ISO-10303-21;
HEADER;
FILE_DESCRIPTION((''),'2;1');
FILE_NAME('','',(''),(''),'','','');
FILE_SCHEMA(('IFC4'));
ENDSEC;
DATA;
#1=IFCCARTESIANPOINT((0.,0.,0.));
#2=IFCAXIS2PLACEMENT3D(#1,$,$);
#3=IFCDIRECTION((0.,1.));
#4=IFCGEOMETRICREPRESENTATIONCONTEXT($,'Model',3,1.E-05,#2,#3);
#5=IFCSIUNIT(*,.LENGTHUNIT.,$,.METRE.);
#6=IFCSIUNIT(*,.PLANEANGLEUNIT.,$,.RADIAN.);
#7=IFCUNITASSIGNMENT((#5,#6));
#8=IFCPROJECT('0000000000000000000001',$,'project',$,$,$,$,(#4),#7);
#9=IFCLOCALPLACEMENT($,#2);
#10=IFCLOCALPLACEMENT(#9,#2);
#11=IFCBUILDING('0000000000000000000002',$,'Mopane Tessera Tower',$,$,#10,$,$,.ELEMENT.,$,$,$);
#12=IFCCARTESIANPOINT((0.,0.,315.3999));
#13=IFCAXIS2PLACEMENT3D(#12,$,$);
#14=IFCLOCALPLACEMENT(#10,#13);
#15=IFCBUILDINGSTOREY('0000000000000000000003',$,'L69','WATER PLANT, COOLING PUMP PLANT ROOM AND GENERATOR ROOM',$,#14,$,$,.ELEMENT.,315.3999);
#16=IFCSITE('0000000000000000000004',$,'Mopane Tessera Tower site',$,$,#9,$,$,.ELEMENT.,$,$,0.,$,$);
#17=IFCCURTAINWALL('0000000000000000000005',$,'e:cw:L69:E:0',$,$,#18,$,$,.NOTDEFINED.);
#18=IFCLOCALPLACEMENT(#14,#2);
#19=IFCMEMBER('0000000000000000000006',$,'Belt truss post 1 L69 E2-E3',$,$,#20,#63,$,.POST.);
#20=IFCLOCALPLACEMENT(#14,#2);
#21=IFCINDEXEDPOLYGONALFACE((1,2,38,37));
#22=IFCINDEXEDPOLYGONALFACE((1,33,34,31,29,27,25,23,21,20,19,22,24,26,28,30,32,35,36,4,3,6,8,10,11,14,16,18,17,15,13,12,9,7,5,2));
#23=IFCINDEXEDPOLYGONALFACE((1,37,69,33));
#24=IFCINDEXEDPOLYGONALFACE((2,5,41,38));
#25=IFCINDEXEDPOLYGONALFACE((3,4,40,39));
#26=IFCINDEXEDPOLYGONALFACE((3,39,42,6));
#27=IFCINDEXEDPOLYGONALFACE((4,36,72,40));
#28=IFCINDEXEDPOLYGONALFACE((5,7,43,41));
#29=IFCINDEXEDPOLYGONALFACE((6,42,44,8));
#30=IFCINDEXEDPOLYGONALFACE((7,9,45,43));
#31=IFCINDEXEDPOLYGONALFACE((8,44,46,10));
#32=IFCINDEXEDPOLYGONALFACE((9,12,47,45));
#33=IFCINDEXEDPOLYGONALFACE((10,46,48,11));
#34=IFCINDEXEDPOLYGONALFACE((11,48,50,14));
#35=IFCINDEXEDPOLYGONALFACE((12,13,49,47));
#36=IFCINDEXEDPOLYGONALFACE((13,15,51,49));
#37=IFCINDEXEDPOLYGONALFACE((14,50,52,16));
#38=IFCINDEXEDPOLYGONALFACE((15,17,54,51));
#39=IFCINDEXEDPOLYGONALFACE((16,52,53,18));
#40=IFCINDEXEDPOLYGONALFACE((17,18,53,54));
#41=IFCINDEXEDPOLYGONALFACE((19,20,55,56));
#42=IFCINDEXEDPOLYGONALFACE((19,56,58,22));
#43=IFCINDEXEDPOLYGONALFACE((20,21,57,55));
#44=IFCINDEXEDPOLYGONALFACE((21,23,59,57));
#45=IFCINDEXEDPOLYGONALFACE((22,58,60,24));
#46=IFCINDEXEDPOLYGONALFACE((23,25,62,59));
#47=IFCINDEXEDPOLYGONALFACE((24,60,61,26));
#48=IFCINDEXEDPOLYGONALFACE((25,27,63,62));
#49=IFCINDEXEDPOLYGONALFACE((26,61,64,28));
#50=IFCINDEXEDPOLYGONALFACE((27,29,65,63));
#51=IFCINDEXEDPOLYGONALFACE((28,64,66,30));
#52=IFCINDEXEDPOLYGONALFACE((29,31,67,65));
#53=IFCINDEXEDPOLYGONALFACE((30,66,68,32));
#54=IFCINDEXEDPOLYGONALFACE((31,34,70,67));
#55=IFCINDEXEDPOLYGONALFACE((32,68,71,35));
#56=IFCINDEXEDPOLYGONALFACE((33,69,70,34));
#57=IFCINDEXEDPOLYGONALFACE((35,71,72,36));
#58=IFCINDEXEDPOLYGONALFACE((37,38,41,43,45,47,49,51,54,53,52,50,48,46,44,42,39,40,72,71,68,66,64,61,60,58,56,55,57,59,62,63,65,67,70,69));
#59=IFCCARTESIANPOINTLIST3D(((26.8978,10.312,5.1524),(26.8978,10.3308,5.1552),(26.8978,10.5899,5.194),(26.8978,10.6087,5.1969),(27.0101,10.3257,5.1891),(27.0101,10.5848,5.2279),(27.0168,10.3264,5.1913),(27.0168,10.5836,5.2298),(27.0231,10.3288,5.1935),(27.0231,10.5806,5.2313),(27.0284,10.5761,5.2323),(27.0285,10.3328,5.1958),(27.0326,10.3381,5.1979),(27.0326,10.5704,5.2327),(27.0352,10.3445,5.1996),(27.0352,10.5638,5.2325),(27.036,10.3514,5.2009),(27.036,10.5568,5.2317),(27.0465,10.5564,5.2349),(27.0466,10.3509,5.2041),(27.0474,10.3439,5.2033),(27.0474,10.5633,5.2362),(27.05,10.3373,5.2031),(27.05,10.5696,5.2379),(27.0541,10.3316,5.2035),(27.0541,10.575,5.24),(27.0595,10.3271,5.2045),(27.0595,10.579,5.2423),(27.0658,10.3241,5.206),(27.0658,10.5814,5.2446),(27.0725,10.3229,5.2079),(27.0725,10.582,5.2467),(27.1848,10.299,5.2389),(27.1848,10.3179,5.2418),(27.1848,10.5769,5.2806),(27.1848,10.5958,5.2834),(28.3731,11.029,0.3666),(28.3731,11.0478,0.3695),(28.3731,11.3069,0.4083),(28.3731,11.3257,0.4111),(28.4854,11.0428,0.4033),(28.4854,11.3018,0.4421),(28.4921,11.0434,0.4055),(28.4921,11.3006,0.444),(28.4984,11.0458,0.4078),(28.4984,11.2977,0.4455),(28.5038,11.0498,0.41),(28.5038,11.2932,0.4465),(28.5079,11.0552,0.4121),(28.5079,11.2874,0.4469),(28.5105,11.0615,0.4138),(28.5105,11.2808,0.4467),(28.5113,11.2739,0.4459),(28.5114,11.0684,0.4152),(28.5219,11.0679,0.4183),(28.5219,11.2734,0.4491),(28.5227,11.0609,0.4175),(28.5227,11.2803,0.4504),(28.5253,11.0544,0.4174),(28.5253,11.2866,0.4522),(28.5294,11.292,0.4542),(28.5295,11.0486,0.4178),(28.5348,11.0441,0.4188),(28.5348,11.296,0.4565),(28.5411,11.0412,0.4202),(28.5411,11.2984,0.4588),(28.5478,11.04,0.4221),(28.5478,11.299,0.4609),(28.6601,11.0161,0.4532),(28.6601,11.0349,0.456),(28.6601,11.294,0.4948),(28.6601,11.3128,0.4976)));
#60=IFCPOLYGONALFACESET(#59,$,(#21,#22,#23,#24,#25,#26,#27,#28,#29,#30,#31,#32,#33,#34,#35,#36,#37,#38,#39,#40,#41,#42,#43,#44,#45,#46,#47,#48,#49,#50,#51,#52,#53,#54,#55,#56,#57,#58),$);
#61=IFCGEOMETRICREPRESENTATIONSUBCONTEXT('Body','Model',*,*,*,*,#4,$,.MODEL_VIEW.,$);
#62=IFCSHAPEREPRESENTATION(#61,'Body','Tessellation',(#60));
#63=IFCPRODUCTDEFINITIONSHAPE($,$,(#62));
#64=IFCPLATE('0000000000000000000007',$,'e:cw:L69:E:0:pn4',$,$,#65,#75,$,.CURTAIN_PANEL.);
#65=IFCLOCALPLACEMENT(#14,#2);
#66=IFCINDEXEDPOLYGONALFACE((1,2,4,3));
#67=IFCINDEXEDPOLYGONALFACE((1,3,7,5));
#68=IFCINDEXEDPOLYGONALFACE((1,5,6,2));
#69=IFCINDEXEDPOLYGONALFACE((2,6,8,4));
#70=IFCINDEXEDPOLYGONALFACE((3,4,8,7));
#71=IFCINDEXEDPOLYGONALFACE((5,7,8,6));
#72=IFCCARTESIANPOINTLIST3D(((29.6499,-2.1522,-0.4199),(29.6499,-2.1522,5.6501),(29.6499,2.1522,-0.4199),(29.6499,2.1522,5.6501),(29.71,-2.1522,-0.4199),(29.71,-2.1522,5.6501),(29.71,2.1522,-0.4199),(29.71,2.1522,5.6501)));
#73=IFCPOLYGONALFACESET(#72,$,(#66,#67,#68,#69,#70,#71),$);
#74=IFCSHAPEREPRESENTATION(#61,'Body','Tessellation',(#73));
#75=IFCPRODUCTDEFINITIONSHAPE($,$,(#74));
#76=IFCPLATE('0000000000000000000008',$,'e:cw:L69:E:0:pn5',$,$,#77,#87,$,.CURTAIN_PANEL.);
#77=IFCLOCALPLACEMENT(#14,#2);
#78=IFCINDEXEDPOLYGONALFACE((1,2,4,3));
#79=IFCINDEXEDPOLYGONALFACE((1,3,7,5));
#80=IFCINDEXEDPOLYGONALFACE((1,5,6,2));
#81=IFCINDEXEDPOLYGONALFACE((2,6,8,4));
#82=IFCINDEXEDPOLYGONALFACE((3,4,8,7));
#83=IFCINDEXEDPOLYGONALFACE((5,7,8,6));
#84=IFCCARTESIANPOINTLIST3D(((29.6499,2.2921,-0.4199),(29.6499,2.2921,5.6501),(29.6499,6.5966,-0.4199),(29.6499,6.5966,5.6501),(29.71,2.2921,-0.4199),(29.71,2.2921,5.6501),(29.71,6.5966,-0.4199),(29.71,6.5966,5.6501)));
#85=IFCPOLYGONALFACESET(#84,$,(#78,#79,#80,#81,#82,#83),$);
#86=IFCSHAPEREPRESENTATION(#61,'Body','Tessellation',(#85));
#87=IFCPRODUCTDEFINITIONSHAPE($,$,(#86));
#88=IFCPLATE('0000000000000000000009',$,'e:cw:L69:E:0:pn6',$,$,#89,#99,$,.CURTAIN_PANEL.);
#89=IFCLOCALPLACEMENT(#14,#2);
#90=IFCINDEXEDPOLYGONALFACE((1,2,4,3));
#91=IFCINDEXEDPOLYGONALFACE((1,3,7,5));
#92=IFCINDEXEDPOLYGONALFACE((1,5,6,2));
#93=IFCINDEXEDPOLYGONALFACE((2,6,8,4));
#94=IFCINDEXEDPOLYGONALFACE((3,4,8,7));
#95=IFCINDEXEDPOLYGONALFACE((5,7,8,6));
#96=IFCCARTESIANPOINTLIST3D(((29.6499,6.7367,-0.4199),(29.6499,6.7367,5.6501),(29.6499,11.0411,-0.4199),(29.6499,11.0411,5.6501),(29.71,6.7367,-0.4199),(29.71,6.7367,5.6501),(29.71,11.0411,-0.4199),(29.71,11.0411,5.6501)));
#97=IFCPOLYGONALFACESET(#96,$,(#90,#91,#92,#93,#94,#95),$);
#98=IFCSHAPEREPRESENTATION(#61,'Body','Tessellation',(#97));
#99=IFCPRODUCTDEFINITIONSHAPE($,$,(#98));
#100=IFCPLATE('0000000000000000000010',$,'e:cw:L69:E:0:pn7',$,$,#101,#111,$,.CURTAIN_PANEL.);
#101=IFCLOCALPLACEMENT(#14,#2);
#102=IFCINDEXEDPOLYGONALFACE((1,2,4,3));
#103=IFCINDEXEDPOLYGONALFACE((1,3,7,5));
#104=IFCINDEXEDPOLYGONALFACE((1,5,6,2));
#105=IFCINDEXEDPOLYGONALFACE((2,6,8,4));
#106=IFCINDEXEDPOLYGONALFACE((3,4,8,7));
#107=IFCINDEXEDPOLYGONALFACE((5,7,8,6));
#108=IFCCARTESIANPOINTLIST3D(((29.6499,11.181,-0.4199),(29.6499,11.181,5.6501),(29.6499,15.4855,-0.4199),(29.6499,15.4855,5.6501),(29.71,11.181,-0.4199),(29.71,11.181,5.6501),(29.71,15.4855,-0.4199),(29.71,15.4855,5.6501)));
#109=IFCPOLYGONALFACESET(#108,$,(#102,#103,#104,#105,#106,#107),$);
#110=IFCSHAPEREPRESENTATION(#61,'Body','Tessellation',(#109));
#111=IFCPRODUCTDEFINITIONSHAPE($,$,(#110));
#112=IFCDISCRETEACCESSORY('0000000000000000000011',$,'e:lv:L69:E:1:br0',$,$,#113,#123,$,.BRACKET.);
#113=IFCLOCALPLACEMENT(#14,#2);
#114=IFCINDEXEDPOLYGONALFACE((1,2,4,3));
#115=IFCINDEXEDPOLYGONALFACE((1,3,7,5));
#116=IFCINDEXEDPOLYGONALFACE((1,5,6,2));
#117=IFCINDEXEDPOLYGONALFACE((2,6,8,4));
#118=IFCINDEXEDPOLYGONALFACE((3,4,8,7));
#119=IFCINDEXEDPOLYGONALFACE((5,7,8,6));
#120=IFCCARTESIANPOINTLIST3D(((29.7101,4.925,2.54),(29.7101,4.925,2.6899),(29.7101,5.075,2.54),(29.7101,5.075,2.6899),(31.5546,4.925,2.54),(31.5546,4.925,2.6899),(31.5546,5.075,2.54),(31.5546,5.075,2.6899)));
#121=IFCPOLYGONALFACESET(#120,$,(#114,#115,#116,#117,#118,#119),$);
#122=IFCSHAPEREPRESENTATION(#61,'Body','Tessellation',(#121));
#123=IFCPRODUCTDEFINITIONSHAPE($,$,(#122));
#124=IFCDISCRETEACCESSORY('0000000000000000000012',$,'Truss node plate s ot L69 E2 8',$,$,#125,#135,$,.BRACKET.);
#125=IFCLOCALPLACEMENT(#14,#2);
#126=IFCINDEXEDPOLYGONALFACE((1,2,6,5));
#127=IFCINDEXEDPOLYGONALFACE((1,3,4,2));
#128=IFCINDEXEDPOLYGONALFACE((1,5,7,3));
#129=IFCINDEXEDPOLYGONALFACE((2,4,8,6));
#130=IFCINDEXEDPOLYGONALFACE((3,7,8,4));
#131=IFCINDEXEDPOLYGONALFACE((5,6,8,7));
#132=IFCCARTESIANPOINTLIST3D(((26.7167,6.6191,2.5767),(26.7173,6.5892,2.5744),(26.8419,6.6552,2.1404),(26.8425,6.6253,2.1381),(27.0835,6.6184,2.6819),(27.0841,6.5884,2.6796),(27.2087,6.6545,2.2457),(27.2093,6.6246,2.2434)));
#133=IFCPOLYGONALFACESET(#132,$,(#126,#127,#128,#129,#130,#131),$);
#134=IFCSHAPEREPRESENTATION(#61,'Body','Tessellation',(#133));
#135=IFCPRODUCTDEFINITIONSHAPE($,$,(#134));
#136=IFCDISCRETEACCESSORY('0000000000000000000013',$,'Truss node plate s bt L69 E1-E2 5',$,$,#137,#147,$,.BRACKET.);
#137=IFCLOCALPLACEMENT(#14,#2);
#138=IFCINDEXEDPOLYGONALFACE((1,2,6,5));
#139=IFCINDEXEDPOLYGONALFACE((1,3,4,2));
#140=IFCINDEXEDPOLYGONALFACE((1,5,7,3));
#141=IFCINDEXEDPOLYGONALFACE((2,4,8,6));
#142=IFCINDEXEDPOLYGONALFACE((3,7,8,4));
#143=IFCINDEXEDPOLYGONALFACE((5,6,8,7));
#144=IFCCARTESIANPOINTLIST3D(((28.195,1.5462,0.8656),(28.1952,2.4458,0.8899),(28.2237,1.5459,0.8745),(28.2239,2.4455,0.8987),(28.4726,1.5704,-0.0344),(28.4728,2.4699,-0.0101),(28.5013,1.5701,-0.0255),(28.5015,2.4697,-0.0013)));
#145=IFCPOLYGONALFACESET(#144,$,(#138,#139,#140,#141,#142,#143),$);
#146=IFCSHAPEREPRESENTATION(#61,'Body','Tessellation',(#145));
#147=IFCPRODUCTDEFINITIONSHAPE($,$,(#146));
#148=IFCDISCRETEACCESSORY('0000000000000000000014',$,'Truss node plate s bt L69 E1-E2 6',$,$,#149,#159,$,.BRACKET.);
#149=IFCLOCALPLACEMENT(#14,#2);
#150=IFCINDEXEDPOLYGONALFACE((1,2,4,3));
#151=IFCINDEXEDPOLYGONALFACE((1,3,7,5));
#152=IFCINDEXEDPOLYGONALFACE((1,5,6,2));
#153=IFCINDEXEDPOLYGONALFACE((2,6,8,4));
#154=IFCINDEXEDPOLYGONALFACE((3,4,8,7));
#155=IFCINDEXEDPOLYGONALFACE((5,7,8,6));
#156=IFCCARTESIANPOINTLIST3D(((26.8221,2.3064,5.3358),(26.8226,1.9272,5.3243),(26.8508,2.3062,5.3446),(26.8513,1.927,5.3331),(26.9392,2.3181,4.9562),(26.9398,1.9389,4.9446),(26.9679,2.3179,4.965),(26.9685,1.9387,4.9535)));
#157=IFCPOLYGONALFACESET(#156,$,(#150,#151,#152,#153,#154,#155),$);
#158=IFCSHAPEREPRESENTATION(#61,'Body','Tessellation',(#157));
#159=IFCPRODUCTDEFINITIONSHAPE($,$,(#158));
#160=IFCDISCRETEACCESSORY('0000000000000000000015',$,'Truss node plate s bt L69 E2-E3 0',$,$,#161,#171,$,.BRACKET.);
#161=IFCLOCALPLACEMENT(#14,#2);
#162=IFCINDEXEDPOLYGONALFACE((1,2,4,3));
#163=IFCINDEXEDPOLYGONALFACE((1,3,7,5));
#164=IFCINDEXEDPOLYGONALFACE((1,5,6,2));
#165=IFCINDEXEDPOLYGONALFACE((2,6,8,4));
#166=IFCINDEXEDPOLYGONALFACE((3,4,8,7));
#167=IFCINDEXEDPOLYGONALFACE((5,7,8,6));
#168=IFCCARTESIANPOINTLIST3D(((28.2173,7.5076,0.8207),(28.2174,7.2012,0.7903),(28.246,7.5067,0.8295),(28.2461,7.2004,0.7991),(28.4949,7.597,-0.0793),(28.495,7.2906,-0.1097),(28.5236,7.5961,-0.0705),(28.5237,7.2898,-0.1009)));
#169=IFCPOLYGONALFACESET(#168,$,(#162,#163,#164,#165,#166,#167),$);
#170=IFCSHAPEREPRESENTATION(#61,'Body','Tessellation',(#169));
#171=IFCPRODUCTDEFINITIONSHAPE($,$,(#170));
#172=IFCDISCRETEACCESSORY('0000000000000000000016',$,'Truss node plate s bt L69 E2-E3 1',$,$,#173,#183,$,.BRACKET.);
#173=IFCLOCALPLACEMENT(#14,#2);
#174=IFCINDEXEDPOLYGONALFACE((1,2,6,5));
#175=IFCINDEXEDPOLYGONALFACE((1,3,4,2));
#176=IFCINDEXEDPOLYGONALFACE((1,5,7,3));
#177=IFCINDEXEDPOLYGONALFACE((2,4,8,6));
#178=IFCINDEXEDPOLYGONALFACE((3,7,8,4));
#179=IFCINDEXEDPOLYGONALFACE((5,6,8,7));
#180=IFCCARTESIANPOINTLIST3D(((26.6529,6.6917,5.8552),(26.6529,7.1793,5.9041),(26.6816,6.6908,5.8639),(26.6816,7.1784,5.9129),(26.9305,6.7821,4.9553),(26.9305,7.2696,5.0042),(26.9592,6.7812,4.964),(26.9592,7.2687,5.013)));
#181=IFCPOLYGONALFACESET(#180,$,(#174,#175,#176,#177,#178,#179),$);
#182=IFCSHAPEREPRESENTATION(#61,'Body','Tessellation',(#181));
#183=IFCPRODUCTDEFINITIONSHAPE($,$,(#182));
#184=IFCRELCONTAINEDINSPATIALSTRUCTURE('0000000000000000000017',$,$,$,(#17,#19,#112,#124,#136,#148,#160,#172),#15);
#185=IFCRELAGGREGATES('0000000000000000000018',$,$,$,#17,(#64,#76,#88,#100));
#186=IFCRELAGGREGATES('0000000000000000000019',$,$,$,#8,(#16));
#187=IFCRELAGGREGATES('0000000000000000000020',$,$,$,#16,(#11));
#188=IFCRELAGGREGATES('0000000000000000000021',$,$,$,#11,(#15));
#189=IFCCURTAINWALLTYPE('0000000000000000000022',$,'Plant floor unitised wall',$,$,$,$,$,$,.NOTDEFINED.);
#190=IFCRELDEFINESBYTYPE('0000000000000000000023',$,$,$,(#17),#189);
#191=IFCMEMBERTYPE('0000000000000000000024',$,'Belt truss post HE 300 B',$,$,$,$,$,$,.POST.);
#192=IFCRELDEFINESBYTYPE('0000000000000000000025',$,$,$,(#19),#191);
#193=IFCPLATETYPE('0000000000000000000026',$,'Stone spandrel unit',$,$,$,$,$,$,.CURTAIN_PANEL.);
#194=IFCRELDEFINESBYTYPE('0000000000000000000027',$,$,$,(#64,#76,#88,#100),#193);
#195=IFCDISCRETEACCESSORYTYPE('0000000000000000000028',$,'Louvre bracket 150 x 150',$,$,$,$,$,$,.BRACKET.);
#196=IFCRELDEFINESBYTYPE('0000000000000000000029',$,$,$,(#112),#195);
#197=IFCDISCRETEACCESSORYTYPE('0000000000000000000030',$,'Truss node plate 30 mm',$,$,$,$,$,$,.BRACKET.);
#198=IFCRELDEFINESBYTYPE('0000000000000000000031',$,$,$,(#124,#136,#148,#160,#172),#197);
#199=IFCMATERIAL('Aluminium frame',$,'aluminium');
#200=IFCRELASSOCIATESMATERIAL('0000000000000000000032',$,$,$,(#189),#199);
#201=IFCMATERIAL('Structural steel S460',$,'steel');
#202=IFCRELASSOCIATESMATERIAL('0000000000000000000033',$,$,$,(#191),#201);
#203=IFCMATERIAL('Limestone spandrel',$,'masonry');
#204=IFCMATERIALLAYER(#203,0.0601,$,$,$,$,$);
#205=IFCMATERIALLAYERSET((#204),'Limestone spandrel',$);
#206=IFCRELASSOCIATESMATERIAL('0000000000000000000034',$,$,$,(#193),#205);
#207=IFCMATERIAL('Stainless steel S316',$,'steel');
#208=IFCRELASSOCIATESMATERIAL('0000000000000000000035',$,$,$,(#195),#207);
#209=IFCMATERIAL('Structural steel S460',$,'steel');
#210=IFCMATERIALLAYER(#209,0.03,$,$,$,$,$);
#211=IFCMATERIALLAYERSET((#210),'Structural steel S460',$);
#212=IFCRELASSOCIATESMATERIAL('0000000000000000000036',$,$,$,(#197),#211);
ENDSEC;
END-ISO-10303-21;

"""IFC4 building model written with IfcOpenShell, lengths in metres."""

from ifc_helpers import new_model, si_unit, direction, frame, origin, origin_2d, place, context, subcontext, project, spatial, rectangle, i_section, extrude, material, layer, layer_set, material_profile, profile_set, type_object, element, aggregate, save


model = new_model("IFC4")

# Units and contexts
model_context = context("Model", 3, precision=1e-05, world=origin(), true_north=direction((0.0, 1.0)))
body_context = subcontext(model_context, "Body", "Model", "MODEL_VIEW")
ifc_project = project(units=[si_unit("LENGTHUNIT", "METRE"), si_unit("PLANEANGLEUNIT", "RADIAN")], contexts=[model_context])

# Site, building, storey
site_placement = place(None, origin())
site = spatial("IfcSite", under=ifc_project, at=site_placement, Name="Mopane Tessera Tower site", CompositionType="ELEMENT", RefElevation=0.0)
building_placement = place(site_placement, origin())
building = spatial("IfcBuilding", under=site, at=building_placement, Name="Mopane Tessera Tower", CompositionType="ELEMENT")
storey_placement = place(building_placement, frame((0.0, 0.0, 315.3999)))
storey = spatial("IfcBuildingStorey", under=building, at=storey_placement, Name="L69", Description="WATER PLANT, COOLING PUMP PLANT ROOM AND GENERATOR ROOM", CompositionType="ELEMENT", Elevation=315.3999)

# Curtain wall
ifc_material_1 = material(Name="Aluminium frame", Category="aluminium")
curtain_wall_type = type_object("IfcCurtainWallType", Name="Plant floor unitised wall", PredefinedType="NOTDEFINED", material=ifc_material_1)
curtain_wall_placement = place(storey_placement, origin())
curtain_wall = element("IfcCurtainWall", 1, at=curtain_wall_placement, inside=storey, type_object=curtain_wall_type, Name="e:cw:L69:E:0", PredefinedType="NOTDEFINED")

# Member
ifc_material_2 = material(Name="Structural steel S460", Category="steel")
ifc_material_profile_1 = material_profile(ifc_material_2, i_section(OverallWidth=0.3, OverallDepth=0.3, WebThickness=0.011, FlangeThickness=0.019, FilletRadius=0.0271, at=origin_2d()))
ifc_profile_set_1 = profile_set([ifc_material_profile_1], Name="Structural steel S460")
member_type_1 = type_object("IfcMemberType", Name="Belt truss post HE 300 B", PredefinedType="POST", material=ifc_profile_set_1)
member_1_placement = place(storey_placement, frame((28.5166, 11.1709, 0.4321), z_axis=(-0.291616, -0.14173, 0.945977), x_axis=(-0.956536, 0.043169, -0.288403)))
element("IfcMember", 2, at=member_1_placement, inside=storey, type_object=member_type_1, Name="Belt truss post 1 L69 E2-E3", PredefinedType="POST", context=body_context, shape_type="SweptSolid", body=[
    extrude(i_section(OverallWidth=0.3, OverallDepth=0.3, WebThickness=0.011, FlangeThickness=0.019, FilletRadius=0.0271, at=origin_2d()), origin(), (0.0, 0.0, 1.0), 5.0591),
])

# Plates
ifc_material_3 = material(Name="Limestone spandrel", Category="masonry")
ifc_layer_1 = layer(ifc_material_3, 0.0601)
ifc_layer_set_1 = layer_set([ifc_layer_1], Name="Limestone spandrel")
plate_type = type_object("IfcPlateType", Name="Stone spandrel unit", PredefinedType="CURTAIN_PANEL", material=ifc_layer_set_1)
plate_1_placement = place(storey_placement, frame((29.6799, 0.0, -0.4199), z_axis=(0.0, 0.0, 1.0), x_axis=(0.0, 1.0, 0.0)))
plate_1 = element("IfcPlate", 3, at=plate_1_placement, type_object=plate_type, Name="e:cw:L69:E:0:pn4", PredefinedType="CURTAIN_PANEL", context=body_context, shape_type="SweptSolid", body=[
    extrude(rectangle(XDim=4.3044, YDim=0.0601, at=origin_2d()), origin(), (0.0, 0.0, 1.0), 6.0701),
])
plate_2_placement = place(storey_placement, frame((29.6799, 4.4443, -0.4199), z_axis=(0.0, 0.0, 1.0), x_axis=(0.0, 1.0, 0.0)))
plate_2 = element("IfcPlate", 4, at=plate_2_placement, type_object=plate_type, Name="e:cw:L69:E:0:pn5", PredefinedType="CURTAIN_PANEL", context=body_context, shape_type="SweptSolid", body=[
    extrude(rectangle(XDim=4.3044, YDim=0.0601, at=origin_2d()), origin(), (0.0, 0.0, 1.0), 6.0701),
])
plate_3_placement = place(storey_placement, frame((29.6799, 8.8889, -0.4199), z_axis=(0.0, 0.0, 1.0), x_axis=(0.0, 1.0, 0.0)))
plate_3 = element("IfcPlate", 5, at=plate_3_placement, type_object=plate_type, Name="e:cw:L69:E:0:pn6", PredefinedType="CURTAIN_PANEL", context=body_context, shape_type="SweptSolid", body=[
    extrude(rectangle(XDim=4.3044, YDim=0.0601, at=origin_2d()), origin(), (0.0, 0.0, 1.0), 6.0701),
])
plate_4_placement = place(storey_placement, frame((29.6799, 13.3333, -0.4199), z_axis=(0.0, 0.0, 1.0), x_axis=(0.0, 1.0, 0.0)))
plate_4 = element("IfcPlate", 6, at=plate_4_placement, type_object=plate_type, Name="e:cw:L69:E:0:pn7", PredefinedType="CURTAIN_PANEL", context=body_context, shape_type="SweptSolid", body=[
    extrude(rectangle(XDim=4.3044, YDim=0.0601, at=origin_2d()), origin(), (0.0, 0.0, 1.0), 6.0701),
])
aggregate(curtain_wall, [plate_1, plate_2, plate_3, plate_4])

# Discrete accessories
ifc_material_4 = material(Name="Stainless steel S316", Category="steel")
discrete_accessory_type_1 = type_object("IfcDiscreteAccessoryType", Name="Louvre bracket 150 x 150", PredefinedType="BRACKET", material=ifc_material_4)
discrete_accessory_1_placement = place(storey_placement, frame((30.6323, 5.0, 2.54), z_axis=(0.0, 0.0, 1.0), x_axis=(1.0, 0.0, 0.0)))
element("IfcDiscreteAccessory", 7, at=discrete_accessory_1_placement, inside=storey, type_object=discrete_accessory_type_1, Name="e:lv:L69:E:1:br0", PredefinedType="BRACKET", context=body_context, shape_type="SweptSolid", body=[
    extrude(rectangle(XDim=1.8445, YDim=0.1499, at=origin_2d()), origin(), (0.0, 0.0, 1.0), 0.1499),
])
ifc_material_5 = material(Name="Structural steel S460", Category="steel")
ifc_layer_2 = layer(ifc_material_5, 0.03)
ifc_layer_set_2 = layer_set([ifc_layer_2], Name="Structural steel S460")
discrete_accessory_type_2 = type_object("IfcDiscreteAccessoryType", Name="Truss node plate 30 mm", PredefinedType="BRACKET", material=ifc_layer_set_2)
discrete_accessory_2_placement = place(storey_placement, frame((27.0256, 6.6399, 2.1919), z_axis=(-0.275058, -0.079354, 0.958147), x_axis=(-0.02009, 0.996845, 0.076792)))
element("IfcDiscreteAccessory", 8, at=discrete_accessory_2_placement, inside=storey, type_object=discrete_accessory_type_2, Name="Truss node plate s ot L69 E2 8", PredefinedType="BRACKET", context=body_context, shape_type="SweptSolid", body=[
    extrude(rectangle(XDim=0.03, YDim=0.3816, at=origin_2d()), origin(), (0.0, 0.0, 1.0), 0.4553),
])
discrete_accessory_3_placement = place(storey_placement, frame((28.4871, 2.02, -0.0178), z_axis=(-0.294663, -0.025657, 0.955257), x_axis=(-0.955601, 0.008202, -0.294549)))
element("IfcDiscreteAccessory", 9, at=discrete_accessory_3_placement, inside=storey, type_object=discrete_accessory_type_2, Name="Truss node plate s bt L69 E1-E2 5", PredefinedType="BRACKET", context=body_context, shape_type="SweptSolid", body=[
    extrude(rectangle(XDim=0.03, YDim=0.8999, at=origin_2d()), origin(), (0.0, 0.0, 1.0), 0.9421),
])
discrete_accessory_4_placement = place(storey_placement, frame((26.9539, 2.1284, 4.9548), z_axis=(-0.294821, -0.029482, 0.955098), x_axis=(-0.955551, 0.00761, -0.294726)))
element("IfcDiscreteAccessory", 10, at=discrete_accessory_4_placement, inside=storey, type_object=discrete_accessory_type_2, Name="Truss node plate s bt L69 E1-E2 6", PredefinedType="BRACKET", context=body_context, shape_type="SweptSolid", body=[
    extrude(rectangle(XDim=0.03, YDim=0.3794, at=origin_2d()), origin(), (0.0, 0.0, 1.0), 0.3975),
])
discrete_accessory_5_placement = place(storey_placement, frame((28.5093, 7.4434, -0.0901), z_axis=(-0.293442, -0.094459, 0.951299), x_axis=(-0.955977, 0.028666, -0.292039)))
element("IfcDiscreteAccessory", 11, at=discrete_accessory_5_placement, inside=storey, type_object=discrete_accessory_type_2, Name="Truss node plate s bt L69 E2-E3 0", PredefinedType="BRACKET", context=body_context, shape_type="SweptSolid", body=[
    extrude(rectangle(XDim=0.03, YDim=0.3079, at=origin_2d()), origin(), (0.0, 0.0, 1.0), 0.946),
])
discrete_accessory_6_placement = place(storey_placement, frame((26.9448, 7.0254, 4.9841), z_axis=(-0.293413, -0.095482, 0.951206), x_axis=(-0.955986, 0.029385, -0.291938)))
element("IfcDiscreteAccessory", 12, at=discrete_accessory_6_placement, inside=storey, type_object=discrete_accessory_type_2, Name="Truss node plate s bt L69 E2-E3 1", PredefinedType="BRACKET", context=body_context, shape_type="SweptSolid", body=[
    extrude(rectangle(XDim=0.03, YDim=0.49, at=origin_2d()), origin(), (0.0, 0.0, 1.0), 0.946),
])

save(model, "model.ifc")
